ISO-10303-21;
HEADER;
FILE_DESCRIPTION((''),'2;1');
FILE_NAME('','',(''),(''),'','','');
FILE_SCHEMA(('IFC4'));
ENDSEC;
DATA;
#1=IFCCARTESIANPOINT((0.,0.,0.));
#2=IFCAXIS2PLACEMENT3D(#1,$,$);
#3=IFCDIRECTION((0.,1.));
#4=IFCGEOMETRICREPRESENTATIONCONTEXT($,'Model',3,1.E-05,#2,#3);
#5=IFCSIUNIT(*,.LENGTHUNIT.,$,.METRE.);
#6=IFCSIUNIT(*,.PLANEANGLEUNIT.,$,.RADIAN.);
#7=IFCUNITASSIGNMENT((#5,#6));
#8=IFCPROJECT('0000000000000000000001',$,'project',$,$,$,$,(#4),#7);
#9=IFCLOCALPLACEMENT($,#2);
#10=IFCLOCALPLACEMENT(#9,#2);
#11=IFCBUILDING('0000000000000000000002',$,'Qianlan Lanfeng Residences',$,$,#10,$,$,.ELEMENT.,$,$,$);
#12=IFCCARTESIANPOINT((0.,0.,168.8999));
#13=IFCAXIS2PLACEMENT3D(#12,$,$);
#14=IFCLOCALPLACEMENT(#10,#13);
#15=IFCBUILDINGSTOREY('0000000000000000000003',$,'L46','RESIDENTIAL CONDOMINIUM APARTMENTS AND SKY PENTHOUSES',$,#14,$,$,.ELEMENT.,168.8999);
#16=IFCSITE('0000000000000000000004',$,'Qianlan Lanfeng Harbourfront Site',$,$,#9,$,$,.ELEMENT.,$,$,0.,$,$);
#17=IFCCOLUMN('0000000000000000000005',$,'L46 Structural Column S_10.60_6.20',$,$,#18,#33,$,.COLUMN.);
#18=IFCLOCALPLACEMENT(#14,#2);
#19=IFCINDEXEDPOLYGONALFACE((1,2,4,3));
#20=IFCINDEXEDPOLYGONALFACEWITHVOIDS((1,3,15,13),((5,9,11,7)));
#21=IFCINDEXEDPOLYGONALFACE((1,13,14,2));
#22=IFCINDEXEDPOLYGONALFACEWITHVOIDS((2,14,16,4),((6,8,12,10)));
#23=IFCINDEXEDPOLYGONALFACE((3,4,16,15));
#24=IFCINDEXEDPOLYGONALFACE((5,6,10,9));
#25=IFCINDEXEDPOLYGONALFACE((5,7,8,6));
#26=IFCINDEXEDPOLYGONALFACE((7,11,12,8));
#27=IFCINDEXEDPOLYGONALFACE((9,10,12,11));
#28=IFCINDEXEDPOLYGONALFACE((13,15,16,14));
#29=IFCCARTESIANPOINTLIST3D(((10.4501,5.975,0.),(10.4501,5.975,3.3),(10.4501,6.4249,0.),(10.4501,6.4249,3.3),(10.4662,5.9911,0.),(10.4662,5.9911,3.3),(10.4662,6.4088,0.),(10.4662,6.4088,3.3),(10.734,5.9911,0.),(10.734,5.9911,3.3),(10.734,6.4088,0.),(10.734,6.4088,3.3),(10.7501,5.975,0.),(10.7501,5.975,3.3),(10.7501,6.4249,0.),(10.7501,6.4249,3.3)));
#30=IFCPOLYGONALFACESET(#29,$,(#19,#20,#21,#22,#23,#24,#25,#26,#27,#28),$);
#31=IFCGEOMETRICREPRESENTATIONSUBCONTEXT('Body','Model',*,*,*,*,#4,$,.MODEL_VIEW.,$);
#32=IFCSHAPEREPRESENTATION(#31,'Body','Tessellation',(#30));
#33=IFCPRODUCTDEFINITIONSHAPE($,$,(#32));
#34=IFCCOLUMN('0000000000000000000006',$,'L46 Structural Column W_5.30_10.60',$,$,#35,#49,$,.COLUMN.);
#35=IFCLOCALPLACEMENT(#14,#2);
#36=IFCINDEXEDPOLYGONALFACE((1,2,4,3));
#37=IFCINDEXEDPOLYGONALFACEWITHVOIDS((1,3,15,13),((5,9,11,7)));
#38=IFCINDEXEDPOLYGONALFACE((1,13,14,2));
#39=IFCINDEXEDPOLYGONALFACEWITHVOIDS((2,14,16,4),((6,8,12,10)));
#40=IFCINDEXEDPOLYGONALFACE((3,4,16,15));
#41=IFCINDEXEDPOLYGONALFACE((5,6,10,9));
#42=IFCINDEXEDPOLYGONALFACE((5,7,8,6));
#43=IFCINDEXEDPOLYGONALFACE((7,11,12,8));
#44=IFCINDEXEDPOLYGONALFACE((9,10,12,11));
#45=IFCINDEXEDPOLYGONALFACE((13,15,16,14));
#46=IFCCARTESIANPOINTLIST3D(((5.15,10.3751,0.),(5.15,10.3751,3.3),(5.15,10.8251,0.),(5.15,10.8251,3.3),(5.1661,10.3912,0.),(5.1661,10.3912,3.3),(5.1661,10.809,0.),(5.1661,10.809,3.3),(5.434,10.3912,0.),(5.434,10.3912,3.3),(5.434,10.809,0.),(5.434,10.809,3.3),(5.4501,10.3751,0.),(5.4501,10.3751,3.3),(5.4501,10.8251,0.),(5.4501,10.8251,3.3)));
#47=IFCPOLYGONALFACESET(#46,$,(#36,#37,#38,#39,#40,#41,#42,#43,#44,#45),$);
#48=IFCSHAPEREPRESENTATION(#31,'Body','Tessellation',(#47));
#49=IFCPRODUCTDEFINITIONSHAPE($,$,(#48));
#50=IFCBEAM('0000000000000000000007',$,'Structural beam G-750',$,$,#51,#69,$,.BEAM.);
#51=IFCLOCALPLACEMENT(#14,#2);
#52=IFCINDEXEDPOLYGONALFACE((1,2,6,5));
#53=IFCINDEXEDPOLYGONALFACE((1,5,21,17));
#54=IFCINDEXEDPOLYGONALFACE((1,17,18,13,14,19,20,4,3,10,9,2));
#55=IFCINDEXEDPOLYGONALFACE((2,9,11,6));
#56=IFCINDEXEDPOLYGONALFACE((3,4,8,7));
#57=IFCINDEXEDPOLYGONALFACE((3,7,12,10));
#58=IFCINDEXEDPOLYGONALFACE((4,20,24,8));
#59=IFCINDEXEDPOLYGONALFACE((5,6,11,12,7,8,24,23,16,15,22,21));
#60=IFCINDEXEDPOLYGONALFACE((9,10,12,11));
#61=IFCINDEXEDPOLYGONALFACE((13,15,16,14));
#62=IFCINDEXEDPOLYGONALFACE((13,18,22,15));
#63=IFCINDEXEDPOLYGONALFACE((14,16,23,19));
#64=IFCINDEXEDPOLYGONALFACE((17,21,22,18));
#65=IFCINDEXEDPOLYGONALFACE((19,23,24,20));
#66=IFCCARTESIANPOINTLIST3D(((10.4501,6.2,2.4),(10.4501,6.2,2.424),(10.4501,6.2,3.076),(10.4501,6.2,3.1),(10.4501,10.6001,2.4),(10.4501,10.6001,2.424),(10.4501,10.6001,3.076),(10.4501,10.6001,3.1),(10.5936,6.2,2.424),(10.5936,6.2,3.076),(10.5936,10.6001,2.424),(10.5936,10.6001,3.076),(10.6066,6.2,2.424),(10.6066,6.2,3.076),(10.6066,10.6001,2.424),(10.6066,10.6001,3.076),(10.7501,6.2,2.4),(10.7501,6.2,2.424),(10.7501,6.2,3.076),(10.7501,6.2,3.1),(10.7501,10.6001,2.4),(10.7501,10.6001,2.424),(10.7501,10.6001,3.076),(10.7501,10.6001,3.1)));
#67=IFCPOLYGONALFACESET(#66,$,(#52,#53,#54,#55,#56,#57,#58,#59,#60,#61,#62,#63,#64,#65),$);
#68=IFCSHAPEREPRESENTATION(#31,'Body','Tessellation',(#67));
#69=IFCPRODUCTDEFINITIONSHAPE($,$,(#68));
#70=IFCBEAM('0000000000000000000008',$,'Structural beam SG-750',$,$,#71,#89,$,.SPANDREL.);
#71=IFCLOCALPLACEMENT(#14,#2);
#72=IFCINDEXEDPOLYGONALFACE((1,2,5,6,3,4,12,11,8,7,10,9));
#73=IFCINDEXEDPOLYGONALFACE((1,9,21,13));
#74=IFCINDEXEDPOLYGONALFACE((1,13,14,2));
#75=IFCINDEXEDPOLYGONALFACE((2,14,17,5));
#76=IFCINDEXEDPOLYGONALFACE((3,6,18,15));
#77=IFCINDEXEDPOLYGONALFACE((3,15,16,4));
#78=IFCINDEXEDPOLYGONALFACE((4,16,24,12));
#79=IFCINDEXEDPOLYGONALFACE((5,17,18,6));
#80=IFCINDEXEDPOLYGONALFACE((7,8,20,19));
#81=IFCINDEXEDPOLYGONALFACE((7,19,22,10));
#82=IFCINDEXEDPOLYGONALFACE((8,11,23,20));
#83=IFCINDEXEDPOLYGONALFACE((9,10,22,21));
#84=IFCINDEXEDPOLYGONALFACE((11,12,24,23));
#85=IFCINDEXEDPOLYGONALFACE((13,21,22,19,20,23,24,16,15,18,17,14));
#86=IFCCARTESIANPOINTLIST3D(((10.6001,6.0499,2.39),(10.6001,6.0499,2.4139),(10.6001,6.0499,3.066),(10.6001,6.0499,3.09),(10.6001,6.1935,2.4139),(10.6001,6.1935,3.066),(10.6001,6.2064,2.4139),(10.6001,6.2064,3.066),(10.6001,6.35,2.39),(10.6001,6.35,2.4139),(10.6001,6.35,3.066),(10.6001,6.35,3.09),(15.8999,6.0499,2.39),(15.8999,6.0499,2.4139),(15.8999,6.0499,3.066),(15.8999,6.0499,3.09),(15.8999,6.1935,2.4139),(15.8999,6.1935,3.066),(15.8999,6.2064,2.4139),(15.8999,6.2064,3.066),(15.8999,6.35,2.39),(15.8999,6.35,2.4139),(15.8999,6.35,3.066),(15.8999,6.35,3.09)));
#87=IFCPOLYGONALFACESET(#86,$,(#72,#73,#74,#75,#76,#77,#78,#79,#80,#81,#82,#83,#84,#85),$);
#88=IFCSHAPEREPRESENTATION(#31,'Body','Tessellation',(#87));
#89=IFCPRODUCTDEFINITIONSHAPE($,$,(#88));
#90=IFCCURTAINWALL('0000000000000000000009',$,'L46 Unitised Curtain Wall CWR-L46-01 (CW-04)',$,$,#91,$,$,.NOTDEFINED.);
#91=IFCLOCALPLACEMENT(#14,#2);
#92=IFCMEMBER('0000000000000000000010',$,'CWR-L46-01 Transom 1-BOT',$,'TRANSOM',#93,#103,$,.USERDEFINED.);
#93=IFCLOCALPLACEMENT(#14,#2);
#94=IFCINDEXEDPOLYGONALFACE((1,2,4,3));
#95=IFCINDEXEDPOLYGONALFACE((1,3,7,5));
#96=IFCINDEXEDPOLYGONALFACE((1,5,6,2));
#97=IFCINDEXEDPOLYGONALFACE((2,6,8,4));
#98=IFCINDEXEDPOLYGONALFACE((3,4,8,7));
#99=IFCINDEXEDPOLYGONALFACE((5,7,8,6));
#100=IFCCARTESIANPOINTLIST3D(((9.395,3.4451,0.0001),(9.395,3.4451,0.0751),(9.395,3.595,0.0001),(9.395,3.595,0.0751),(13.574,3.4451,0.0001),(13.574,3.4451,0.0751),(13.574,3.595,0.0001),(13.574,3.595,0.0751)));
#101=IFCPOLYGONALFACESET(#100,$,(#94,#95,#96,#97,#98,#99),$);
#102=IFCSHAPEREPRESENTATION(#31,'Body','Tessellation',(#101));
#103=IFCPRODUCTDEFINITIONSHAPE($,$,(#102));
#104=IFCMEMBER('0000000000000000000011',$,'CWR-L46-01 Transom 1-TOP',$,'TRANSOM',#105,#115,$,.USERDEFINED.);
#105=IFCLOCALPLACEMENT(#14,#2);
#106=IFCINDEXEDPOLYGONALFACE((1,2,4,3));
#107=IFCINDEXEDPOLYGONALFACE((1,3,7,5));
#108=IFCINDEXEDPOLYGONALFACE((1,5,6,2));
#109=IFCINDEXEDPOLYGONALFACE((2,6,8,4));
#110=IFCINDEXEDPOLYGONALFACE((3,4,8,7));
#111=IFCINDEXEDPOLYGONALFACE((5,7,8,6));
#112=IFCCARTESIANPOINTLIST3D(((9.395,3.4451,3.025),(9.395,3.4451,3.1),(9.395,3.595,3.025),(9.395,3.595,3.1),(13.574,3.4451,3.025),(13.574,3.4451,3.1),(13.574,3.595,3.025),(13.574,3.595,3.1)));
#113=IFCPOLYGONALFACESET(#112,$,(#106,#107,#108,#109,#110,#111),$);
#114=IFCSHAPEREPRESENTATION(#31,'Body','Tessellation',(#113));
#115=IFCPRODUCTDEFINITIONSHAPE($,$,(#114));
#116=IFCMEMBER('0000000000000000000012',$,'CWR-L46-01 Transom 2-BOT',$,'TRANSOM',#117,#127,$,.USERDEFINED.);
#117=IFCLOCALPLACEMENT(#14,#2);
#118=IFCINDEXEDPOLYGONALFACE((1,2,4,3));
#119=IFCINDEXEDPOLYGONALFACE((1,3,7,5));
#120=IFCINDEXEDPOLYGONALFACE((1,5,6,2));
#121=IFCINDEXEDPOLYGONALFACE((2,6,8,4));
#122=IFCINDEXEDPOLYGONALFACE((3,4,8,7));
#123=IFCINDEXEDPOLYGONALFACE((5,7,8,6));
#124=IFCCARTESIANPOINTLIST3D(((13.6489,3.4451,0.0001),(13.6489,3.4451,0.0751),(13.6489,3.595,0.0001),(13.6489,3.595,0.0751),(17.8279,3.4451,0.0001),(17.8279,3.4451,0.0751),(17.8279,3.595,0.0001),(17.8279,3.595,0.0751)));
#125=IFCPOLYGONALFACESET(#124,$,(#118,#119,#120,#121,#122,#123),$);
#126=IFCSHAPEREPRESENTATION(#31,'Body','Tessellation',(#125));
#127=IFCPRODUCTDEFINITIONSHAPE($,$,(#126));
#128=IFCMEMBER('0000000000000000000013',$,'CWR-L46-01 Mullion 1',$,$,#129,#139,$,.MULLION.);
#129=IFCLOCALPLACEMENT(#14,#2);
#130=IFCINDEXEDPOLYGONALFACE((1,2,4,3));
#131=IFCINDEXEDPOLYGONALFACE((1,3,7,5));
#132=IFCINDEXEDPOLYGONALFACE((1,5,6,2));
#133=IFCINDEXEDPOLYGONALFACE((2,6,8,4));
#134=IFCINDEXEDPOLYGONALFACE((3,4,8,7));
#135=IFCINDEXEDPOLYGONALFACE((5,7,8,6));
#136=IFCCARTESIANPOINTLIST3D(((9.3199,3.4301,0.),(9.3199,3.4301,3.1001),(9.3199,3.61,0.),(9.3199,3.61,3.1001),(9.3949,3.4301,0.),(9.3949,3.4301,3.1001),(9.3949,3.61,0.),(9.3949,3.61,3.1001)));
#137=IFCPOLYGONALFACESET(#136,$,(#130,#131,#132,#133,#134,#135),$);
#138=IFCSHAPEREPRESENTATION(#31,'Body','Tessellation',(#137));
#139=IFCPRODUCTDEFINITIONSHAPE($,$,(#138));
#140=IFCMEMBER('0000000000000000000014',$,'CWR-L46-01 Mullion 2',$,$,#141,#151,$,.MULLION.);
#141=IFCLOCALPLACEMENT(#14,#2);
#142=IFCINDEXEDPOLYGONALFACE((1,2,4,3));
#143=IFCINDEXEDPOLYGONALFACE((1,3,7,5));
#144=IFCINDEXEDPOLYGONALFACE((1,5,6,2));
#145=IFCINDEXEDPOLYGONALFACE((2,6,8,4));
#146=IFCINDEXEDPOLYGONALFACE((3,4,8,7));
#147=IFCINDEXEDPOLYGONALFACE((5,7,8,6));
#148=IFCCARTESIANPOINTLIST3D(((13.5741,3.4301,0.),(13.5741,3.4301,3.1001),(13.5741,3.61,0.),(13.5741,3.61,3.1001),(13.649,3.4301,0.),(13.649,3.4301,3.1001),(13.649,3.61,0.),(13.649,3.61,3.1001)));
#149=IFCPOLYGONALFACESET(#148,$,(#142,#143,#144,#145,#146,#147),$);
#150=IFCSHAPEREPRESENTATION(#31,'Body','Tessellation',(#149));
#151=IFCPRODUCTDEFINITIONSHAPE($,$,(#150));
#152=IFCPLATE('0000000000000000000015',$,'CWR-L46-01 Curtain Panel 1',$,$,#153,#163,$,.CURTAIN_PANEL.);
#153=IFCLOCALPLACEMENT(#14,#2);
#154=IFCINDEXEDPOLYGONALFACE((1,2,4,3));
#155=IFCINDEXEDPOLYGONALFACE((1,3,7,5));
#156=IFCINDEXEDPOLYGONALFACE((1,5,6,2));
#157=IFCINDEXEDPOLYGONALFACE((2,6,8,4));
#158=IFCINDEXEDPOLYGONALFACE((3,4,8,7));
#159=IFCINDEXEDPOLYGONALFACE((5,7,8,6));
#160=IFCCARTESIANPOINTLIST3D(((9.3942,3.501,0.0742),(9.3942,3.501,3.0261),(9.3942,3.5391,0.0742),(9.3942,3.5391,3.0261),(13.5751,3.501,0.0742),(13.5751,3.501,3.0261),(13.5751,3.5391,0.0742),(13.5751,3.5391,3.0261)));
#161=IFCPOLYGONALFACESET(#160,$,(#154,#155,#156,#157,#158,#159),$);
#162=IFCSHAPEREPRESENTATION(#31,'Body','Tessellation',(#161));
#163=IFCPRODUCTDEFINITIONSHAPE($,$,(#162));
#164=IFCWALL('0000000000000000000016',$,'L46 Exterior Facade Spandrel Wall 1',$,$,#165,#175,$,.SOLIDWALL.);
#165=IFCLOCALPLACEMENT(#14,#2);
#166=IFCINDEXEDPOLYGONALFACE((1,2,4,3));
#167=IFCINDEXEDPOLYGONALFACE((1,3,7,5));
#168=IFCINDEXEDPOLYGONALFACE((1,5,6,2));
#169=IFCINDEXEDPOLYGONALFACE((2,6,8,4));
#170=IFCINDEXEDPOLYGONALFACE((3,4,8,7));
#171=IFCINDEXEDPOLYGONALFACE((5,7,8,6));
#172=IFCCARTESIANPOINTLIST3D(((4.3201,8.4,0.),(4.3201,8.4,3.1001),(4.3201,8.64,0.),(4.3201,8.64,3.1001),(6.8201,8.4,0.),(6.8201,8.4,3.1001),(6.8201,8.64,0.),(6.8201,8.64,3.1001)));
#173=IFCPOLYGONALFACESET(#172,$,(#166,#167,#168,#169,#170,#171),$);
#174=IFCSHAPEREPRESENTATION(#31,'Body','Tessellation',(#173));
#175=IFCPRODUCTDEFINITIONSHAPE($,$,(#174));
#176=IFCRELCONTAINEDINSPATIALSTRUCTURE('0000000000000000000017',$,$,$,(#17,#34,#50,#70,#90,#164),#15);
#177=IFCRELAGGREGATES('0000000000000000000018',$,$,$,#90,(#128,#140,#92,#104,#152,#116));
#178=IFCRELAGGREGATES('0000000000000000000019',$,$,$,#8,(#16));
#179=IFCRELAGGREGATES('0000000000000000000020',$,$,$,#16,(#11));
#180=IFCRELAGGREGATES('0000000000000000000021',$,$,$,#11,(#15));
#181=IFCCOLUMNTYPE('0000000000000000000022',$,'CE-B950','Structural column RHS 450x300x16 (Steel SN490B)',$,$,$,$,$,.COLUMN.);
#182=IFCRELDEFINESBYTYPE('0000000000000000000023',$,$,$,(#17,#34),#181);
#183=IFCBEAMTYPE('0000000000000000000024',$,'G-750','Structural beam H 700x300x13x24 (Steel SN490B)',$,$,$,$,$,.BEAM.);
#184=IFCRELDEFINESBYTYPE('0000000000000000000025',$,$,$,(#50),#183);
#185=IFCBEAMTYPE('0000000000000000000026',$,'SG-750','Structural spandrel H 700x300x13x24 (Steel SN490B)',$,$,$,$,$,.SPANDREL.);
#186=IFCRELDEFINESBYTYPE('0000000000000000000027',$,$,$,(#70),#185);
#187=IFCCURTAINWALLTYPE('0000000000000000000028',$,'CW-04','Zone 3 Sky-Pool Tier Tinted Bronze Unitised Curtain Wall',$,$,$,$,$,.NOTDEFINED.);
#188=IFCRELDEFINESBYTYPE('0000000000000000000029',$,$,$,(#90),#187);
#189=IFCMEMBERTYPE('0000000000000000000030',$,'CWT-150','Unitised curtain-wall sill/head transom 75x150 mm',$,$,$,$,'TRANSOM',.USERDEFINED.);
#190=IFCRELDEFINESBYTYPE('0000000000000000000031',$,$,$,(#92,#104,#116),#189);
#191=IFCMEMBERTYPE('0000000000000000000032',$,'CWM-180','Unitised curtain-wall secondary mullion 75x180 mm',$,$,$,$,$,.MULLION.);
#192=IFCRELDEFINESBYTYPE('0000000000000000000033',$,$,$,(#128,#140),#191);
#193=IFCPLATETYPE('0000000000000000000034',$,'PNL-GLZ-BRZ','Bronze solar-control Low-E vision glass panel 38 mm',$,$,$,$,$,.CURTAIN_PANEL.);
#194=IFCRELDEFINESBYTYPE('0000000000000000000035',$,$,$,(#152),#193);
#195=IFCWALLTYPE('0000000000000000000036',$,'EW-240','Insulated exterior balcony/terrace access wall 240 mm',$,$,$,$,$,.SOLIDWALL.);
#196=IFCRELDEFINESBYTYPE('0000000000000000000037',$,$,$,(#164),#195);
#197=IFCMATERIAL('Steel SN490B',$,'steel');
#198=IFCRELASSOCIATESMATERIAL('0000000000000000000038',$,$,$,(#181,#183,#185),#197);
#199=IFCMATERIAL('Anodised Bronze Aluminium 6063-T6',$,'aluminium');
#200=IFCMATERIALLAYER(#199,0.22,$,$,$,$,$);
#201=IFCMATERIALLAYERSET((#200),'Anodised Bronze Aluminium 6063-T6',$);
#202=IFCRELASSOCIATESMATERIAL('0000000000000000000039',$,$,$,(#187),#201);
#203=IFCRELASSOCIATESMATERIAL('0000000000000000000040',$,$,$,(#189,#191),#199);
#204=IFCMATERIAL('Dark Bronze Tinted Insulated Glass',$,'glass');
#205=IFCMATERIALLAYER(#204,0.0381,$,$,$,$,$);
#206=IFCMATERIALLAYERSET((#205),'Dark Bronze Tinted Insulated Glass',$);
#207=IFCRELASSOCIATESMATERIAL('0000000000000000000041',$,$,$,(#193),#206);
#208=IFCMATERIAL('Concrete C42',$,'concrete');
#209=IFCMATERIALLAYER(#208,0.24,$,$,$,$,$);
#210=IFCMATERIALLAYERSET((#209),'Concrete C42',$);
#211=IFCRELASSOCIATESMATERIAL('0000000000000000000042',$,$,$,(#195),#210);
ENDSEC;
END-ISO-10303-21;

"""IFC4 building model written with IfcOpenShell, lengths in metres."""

from ifc_helpers import new_model, si_unit, direction, frame, frame_2d, origin, origin_2d, place, context, subcontext, project, spatial, rectangle, hollow_rectangle, i_section, extrude, source, transform, mapped, material, layer, layer_set, material_profile, profile_set, type_object, element, aggregate, save


model = new_model("IFC4")

# Units and contexts
model_context = context("Model", 3, precision=1e-05, world=origin(), true_north=direction((0.0, 1.0)))
body_context = subcontext(model_context, "Body", "Model", "MODEL_VIEW")
ifc_project = project(units=[si_unit("LENGTHUNIT", "METRE"), si_unit("PLANEANGLEUNIT", "RADIAN")], contexts=[model_context])

# Site, building, storey
site_placement = place(None, origin())
site = spatial("IfcSite", under=ifc_project, at=site_placement, Name="Qianlan Lanfeng Harbourfront Site", CompositionType="ELEMENT", RefElevation=0.0)
building_placement = place(site_placement, origin())
building = spatial("IfcBuilding", under=site, at=building_placement, Name="Qianlan Lanfeng Residences", CompositionType="ELEMENT")
storey_placement = place(building_placement, frame((0.0, 0.0, 168.8999)))
storey = spatial("IfcBuildingStorey", under=building, at=storey_placement, Name="L46", Description="RESIDENTIAL CONDOMINIUM APARTMENTS AND SKY PENTHOUSES", CompositionType="ELEMENT", Elevation=168.8999)

# Columns
ifc_material_1 = material(Name="Steel SN490B", Category="steel")
ifc_material_profile_1 = material_profile(ifc_material_1, hollow_rectangle(XDim=0.3, YDim=0.45, WallThickness=0.0161, at=origin_2d()), Name="RHS 450x300x16")
ifc_profile_set_1 = profile_set([ifc_material_profile_1], Name="Steel SN490B")
column_type = type_object("IfcColumnType", Name="CE-B950", Description="Structural column RHS 450x300x16 (Steel SN490B)", PredefinedType="COLUMN", material=ifc_profile_set_1)
for number, where, z_axis, x_axis, name in (
    (1, (10.6001, 6.2, 0.0), (0.0, 0.0, 1.0), (1.0, 0.0, 0.0), "L46 Structural Column S_10.60_6.20"),
    (2, (5.3, 10.6001, 0.0), (0.0, 0.0, 1.0), (1.0, 0.0, 0.0), "L46 Structural Column W_5.30_10.60"),
):
    element("IfcColumn", number, at=place(storey_placement, frame(where, z_axis=z_axis, x_axis=x_axis)), inside=storey, type_object=column_type, Name=name, PredefinedType="COLUMN", context=body_context, shape_type="SweptSolid", body=[
        extrude(hollow_rectangle(XDim=0.3, YDim=0.45, WallThickness=0.0161, at=origin_2d()), origin(), (0.0, 0.0, 1.0), 3.3),
    ])

# Beams
ifc_material_profile_2 = material_profile(ifc_material_1, i_section(OverallWidth=0.3, OverallDepth=0.7, WebThickness=0.0129, FlangeThickness=0.0239, at=origin_2d()), Name="H 700x300x13x24")
ifc_profile_set_2 = profile_set([ifc_material_profile_2], Name="Steel SN490B")
beam_type_1 = type_object("IfcBeamType", Name="G-750", Description="Structural beam H 700x300x13x24 (Steel SN490B)", PredefinedType="BEAM", material=ifc_profile_set_2)
beam_1_placement = place(storey_placement, frame((10.6001, 6.2, 2.75), z_axis=(0.0, 1.0, 0.0), x_axis=(-1.0, 0.0, 0.0)))
element("IfcBeam", 3, at=beam_1_placement, inside=storey, type_object=beam_type_1, Name="Structural beam G-750", PredefinedType="BEAM", context=body_context, shape_type="SweptSolid", body=[
    extrude(i_section(OverallWidth=0.3, OverallDepth=0.7, WebThickness=0.0129, FlangeThickness=0.0239, at=origin_2d()), origin(), (0.0, 0.0, 1.0), 4.4001),
])
ifc_material_profile_3 = material_profile(ifc_material_1, i_section(OverallWidth=0.3, OverallDepth=0.7, WebThickness=0.0129, FlangeThickness=0.0239, at=origin_2d()), Name="H 700x300x13x24")
ifc_profile_set_3 = profile_set([ifc_material_profile_3], Name="Steel SN490B")
beam_type_2 = type_object("IfcBeamType", Name="SG-750", Description="Structural spandrel H 700x300x13x24 (Steel SN490B)", PredefinedType="SPANDREL", material=ifc_profile_set_3)
beam_2_placement = place(storey_placement, frame((10.6001, 6.2, 2.74), z_axis=(1.0, 0.0, 0.0), x_axis=(0.0, 1.0, 0.0)))
element("IfcBeam", 4, at=beam_2_placement, inside=storey, type_object=beam_type_2, Name="Structural beam SG-750", PredefinedType="SPANDREL", context=body_context, shape_type="SweptSolid", body=[
    extrude(i_section(OverallWidth=0.3, OverallDepth=0.7, WebThickness=0.0129, FlangeThickness=0.0239, at=origin_2d()), origin(), (0.0, 0.0, 1.0), 5.2998),
])

# Curtain wall, members, plate
ifc_material_2 = material(Name="Anodised Bronze Aluminium 6063-T6", Category="aluminium")
ifc_layer_1 = layer(ifc_material_2, 0.22)
ifc_layer_set_1 = layer_set([ifc_layer_1], Name="Anodised Bronze Aluminium 6063-T6")
curtain_wall_type = type_object("IfcCurtainWallType", Name="CW-04", Description="Zone 3 Sky-Pool Tier Tinted Bronze Unitised Curtain Wall", PredefinedType="NOTDEFINED", material=ifc_layer_set_1)
curtain_wall_placement = place(storey_placement, origin())
curtain_wall = element("IfcCurtainWall", 5, at=curtain_wall_placement, inside=storey, type_object=curtain_wall_type, Name="L46 Unitised Curtain Wall CWR-L46-01 (CW-04)", PredefinedType="NOTDEFINED")
ifc_material_profile_4 = material_profile(ifc_material_2, rectangle(XDim=0.075, YDim=0.1499, at=origin_2d()), Name="ALU TRANSOM 75x150")
ifc_profile_set_4 = profile_set([ifc_material_profile_4], Name="Anodised Bronze Aluminium 6063-T6")
member_type_1 = type_object("IfcMemberType", Name="CWT-150", Description="Unitised curtain-wall sill/head transom 75x150 mm", ElementType="TRANSOM", PredefinedType="USERDEFINED", material=ifc_profile_set_4)
shared_shape_1 = source(origin(), body_context, "Body", "SweptSolid", [
    extrude(rectangle(XDim=0.075, YDim=0.1499, at=origin_2d()), origin(), (0.0, 0.0, 1.0), 4.179),
])
member_1_placement = place(storey_placement, frame((9.395, 3.52, 0.0376), z_axis=(1.0, 0.0, 0.0), x_axis=(0.0, 0.0, 1.0)))
member_1 = element("IfcMember", 6, at=member_1_placement, type_object=member_type_1, Name="CWR-L46-01 Transom 1-BOT", ObjectType="TRANSOM", PredefinedType="USERDEFINED", context=body_context, shape_type="MappedRepresentation", body=[
    mapped(shared_shape_1, transform((0.0, 0.0, 0.0), scale=1.0)),
])
member_2_placement = place(storey_placement, frame((9.395, 3.52, 3.0625), z_axis=(1.0, 0.0, 0.0), x_axis=(0.0, 0.0, 1.0)))
member_2 = element("IfcMember", 7, at=member_2_placement, type_object=member_type_1, Name="CWR-L46-01 Transom 1-TOP", ObjectType="TRANSOM", PredefinedType="USERDEFINED", context=body_context, shape_type="MappedRepresentation", body=[
    mapped(shared_shape_1, transform((0.0, 0.0, 0.0), scale=1.0)),
])
member_3_placement = place(storey_placement, frame((13.6489, 3.52, 0.0376), z_axis=(1.0, 0.0, 0.0), x_axis=(0.0, 0.0, 1.0)))
member_3 = element("IfcMember", 8, at=member_3_placement, type_object=member_type_1, Name="CWR-L46-01 Transom 2-BOT", ObjectType="TRANSOM", PredefinedType="USERDEFINED", context=body_context, shape_type="MappedRepresentation", body=[
    mapped(shared_shape_1, transform((0.0, 0.0, 0.0), scale=1.0)),
])
ifc_material_profile_5 = material_profile(ifc_material_2, rectangle(XDim=0.075, YDim=0.1799, at=origin_2d()), Name="ALU MULLION 75x180")
ifc_profile_set_5 = profile_set([ifc_material_profile_5], Name="Anodised Bronze Aluminium 6063-T6")
member_type_2 = type_object("IfcMemberType", Name="CWM-180", Description="Unitised curtain-wall secondary mullion 75x180 mm", PredefinedType="MULLION", material=ifc_profile_set_5)
shared_shape_2 = source(origin(), body_context, "Body", "SweptSolid", [
    extrude(rectangle(XDim=0.075, YDim=0.1799, at=origin_2d()), origin(), (0.0, 0.0, 1.0), 3.1001),
])
member_4_placement = place(storey_placement, frame((9.3574, 3.52, 0.0), z_axis=(0.0, 0.0, 1.0), x_axis=(1.0, 0.0, 0.0)))
member_4 = element("IfcMember", 9, at=member_4_placement, type_object=member_type_2, Name="CWR-L46-01 Mullion 1", PredefinedType="MULLION", context=body_context, shape_type="MappedRepresentation", body=[
    mapped(shared_shape_2, transform((0.0, 0.0, 0.0), scale=1.0)),
])
member_5_placement = place(storey_placement, frame((13.6116, 3.52, 0.0), z_axis=(0.0, 0.0, 1.0), x_axis=(1.0, 0.0, 0.0)))
member_5 = element("IfcMember", 10, at=member_5_placement, type_object=member_type_2, Name="CWR-L46-01 Mullion 2", PredefinedType="MULLION", context=body_context, shape_type="MappedRepresentation", body=[
    mapped(shared_shape_2, transform((0.0, 0.0, 0.0), scale=1.0)),
])
ifc_material_3 = material(Name="Dark Bronze Tinted Insulated Glass", Category="glass")
ifc_layer_2 = layer(ifc_material_3, 0.0381)
ifc_layer_set_2 = layer_set([ifc_layer_2], Name="Dark Bronze Tinted Insulated Glass")
plate_type = type_object("IfcPlateType", Name="PNL-GLZ-BRZ", Description="Bronze solar-control Low-E vision glass panel 38 mm", PredefinedType="CURTAIN_PANEL", material=ifc_layer_set_2)
shared_shape_3 = source(origin(), body_context, "Body", "SweptSolid", [
    extrude(rectangle(XDim=4.1809, YDim=0.0381, at=origin_2d()), origin(), (0.0, 0.0, 1.0), 2.9519),
])
plate_placement = place(storey_placement, frame((11.4846, 3.52, 0.0742), z_axis=(0.0, 0.0, 1.0), x_axis=(1.0, 0.0, 0.0)))
plate = element("IfcPlate", 11, at=plate_placement, type_object=plate_type, Name="CWR-L46-01 Curtain Panel 1", PredefinedType="CURTAIN_PANEL", context=body_context, shape_type="MappedRepresentation", body=[
    mapped(shared_shape_3, transform((0.0, 0.0, 0.0), scale=1.0)),
])
aggregate(curtain_wall, [member_4, member_5, member_1, member_2, plate, member_3])

# Wall
ifc_material_4 = material(Name="Concrete C42", Category="concrete")
ifc_layer_3 = layer(ifc_material_4, 0.24)
ifc_layer_set_3 = layer_set([ifc_layer_3], Name="Concrete C42")
wall_type_1 = type_object("IfcWallType", Name="EW-240", Description="Insulated exterior balcony/terrace access wall 240 mm", PredefinedType="SOLIDWALL", material=ifc_layer_set_3)
for number, where, z_axis, x_axis, name in (
    (12, (4.3201, 8.52, 0.0), (0.0, 0.0, 1.0), (1.0, 0.0, 0.0), "L46 Exterior Facade Spandrel Wall 1"),
):
    element("IfcWall", number, at=place(storey_placement, frame(where, z_axis=z_axis, x_axis=x_axis)), inside=storey, type_object=wall_type_1, Name=name, PredefinedType="SOLIDWALL", context=body_context, shape_type="SweptSolid", body=[
        extrude(rectangle(XDim=2.5, YDim=0.24, at=frame_2d((1.25, 0.0))), origin(), (0.0, 0.0, 1.0), 3.1001),
    ])

save(model, "model.ifc")
